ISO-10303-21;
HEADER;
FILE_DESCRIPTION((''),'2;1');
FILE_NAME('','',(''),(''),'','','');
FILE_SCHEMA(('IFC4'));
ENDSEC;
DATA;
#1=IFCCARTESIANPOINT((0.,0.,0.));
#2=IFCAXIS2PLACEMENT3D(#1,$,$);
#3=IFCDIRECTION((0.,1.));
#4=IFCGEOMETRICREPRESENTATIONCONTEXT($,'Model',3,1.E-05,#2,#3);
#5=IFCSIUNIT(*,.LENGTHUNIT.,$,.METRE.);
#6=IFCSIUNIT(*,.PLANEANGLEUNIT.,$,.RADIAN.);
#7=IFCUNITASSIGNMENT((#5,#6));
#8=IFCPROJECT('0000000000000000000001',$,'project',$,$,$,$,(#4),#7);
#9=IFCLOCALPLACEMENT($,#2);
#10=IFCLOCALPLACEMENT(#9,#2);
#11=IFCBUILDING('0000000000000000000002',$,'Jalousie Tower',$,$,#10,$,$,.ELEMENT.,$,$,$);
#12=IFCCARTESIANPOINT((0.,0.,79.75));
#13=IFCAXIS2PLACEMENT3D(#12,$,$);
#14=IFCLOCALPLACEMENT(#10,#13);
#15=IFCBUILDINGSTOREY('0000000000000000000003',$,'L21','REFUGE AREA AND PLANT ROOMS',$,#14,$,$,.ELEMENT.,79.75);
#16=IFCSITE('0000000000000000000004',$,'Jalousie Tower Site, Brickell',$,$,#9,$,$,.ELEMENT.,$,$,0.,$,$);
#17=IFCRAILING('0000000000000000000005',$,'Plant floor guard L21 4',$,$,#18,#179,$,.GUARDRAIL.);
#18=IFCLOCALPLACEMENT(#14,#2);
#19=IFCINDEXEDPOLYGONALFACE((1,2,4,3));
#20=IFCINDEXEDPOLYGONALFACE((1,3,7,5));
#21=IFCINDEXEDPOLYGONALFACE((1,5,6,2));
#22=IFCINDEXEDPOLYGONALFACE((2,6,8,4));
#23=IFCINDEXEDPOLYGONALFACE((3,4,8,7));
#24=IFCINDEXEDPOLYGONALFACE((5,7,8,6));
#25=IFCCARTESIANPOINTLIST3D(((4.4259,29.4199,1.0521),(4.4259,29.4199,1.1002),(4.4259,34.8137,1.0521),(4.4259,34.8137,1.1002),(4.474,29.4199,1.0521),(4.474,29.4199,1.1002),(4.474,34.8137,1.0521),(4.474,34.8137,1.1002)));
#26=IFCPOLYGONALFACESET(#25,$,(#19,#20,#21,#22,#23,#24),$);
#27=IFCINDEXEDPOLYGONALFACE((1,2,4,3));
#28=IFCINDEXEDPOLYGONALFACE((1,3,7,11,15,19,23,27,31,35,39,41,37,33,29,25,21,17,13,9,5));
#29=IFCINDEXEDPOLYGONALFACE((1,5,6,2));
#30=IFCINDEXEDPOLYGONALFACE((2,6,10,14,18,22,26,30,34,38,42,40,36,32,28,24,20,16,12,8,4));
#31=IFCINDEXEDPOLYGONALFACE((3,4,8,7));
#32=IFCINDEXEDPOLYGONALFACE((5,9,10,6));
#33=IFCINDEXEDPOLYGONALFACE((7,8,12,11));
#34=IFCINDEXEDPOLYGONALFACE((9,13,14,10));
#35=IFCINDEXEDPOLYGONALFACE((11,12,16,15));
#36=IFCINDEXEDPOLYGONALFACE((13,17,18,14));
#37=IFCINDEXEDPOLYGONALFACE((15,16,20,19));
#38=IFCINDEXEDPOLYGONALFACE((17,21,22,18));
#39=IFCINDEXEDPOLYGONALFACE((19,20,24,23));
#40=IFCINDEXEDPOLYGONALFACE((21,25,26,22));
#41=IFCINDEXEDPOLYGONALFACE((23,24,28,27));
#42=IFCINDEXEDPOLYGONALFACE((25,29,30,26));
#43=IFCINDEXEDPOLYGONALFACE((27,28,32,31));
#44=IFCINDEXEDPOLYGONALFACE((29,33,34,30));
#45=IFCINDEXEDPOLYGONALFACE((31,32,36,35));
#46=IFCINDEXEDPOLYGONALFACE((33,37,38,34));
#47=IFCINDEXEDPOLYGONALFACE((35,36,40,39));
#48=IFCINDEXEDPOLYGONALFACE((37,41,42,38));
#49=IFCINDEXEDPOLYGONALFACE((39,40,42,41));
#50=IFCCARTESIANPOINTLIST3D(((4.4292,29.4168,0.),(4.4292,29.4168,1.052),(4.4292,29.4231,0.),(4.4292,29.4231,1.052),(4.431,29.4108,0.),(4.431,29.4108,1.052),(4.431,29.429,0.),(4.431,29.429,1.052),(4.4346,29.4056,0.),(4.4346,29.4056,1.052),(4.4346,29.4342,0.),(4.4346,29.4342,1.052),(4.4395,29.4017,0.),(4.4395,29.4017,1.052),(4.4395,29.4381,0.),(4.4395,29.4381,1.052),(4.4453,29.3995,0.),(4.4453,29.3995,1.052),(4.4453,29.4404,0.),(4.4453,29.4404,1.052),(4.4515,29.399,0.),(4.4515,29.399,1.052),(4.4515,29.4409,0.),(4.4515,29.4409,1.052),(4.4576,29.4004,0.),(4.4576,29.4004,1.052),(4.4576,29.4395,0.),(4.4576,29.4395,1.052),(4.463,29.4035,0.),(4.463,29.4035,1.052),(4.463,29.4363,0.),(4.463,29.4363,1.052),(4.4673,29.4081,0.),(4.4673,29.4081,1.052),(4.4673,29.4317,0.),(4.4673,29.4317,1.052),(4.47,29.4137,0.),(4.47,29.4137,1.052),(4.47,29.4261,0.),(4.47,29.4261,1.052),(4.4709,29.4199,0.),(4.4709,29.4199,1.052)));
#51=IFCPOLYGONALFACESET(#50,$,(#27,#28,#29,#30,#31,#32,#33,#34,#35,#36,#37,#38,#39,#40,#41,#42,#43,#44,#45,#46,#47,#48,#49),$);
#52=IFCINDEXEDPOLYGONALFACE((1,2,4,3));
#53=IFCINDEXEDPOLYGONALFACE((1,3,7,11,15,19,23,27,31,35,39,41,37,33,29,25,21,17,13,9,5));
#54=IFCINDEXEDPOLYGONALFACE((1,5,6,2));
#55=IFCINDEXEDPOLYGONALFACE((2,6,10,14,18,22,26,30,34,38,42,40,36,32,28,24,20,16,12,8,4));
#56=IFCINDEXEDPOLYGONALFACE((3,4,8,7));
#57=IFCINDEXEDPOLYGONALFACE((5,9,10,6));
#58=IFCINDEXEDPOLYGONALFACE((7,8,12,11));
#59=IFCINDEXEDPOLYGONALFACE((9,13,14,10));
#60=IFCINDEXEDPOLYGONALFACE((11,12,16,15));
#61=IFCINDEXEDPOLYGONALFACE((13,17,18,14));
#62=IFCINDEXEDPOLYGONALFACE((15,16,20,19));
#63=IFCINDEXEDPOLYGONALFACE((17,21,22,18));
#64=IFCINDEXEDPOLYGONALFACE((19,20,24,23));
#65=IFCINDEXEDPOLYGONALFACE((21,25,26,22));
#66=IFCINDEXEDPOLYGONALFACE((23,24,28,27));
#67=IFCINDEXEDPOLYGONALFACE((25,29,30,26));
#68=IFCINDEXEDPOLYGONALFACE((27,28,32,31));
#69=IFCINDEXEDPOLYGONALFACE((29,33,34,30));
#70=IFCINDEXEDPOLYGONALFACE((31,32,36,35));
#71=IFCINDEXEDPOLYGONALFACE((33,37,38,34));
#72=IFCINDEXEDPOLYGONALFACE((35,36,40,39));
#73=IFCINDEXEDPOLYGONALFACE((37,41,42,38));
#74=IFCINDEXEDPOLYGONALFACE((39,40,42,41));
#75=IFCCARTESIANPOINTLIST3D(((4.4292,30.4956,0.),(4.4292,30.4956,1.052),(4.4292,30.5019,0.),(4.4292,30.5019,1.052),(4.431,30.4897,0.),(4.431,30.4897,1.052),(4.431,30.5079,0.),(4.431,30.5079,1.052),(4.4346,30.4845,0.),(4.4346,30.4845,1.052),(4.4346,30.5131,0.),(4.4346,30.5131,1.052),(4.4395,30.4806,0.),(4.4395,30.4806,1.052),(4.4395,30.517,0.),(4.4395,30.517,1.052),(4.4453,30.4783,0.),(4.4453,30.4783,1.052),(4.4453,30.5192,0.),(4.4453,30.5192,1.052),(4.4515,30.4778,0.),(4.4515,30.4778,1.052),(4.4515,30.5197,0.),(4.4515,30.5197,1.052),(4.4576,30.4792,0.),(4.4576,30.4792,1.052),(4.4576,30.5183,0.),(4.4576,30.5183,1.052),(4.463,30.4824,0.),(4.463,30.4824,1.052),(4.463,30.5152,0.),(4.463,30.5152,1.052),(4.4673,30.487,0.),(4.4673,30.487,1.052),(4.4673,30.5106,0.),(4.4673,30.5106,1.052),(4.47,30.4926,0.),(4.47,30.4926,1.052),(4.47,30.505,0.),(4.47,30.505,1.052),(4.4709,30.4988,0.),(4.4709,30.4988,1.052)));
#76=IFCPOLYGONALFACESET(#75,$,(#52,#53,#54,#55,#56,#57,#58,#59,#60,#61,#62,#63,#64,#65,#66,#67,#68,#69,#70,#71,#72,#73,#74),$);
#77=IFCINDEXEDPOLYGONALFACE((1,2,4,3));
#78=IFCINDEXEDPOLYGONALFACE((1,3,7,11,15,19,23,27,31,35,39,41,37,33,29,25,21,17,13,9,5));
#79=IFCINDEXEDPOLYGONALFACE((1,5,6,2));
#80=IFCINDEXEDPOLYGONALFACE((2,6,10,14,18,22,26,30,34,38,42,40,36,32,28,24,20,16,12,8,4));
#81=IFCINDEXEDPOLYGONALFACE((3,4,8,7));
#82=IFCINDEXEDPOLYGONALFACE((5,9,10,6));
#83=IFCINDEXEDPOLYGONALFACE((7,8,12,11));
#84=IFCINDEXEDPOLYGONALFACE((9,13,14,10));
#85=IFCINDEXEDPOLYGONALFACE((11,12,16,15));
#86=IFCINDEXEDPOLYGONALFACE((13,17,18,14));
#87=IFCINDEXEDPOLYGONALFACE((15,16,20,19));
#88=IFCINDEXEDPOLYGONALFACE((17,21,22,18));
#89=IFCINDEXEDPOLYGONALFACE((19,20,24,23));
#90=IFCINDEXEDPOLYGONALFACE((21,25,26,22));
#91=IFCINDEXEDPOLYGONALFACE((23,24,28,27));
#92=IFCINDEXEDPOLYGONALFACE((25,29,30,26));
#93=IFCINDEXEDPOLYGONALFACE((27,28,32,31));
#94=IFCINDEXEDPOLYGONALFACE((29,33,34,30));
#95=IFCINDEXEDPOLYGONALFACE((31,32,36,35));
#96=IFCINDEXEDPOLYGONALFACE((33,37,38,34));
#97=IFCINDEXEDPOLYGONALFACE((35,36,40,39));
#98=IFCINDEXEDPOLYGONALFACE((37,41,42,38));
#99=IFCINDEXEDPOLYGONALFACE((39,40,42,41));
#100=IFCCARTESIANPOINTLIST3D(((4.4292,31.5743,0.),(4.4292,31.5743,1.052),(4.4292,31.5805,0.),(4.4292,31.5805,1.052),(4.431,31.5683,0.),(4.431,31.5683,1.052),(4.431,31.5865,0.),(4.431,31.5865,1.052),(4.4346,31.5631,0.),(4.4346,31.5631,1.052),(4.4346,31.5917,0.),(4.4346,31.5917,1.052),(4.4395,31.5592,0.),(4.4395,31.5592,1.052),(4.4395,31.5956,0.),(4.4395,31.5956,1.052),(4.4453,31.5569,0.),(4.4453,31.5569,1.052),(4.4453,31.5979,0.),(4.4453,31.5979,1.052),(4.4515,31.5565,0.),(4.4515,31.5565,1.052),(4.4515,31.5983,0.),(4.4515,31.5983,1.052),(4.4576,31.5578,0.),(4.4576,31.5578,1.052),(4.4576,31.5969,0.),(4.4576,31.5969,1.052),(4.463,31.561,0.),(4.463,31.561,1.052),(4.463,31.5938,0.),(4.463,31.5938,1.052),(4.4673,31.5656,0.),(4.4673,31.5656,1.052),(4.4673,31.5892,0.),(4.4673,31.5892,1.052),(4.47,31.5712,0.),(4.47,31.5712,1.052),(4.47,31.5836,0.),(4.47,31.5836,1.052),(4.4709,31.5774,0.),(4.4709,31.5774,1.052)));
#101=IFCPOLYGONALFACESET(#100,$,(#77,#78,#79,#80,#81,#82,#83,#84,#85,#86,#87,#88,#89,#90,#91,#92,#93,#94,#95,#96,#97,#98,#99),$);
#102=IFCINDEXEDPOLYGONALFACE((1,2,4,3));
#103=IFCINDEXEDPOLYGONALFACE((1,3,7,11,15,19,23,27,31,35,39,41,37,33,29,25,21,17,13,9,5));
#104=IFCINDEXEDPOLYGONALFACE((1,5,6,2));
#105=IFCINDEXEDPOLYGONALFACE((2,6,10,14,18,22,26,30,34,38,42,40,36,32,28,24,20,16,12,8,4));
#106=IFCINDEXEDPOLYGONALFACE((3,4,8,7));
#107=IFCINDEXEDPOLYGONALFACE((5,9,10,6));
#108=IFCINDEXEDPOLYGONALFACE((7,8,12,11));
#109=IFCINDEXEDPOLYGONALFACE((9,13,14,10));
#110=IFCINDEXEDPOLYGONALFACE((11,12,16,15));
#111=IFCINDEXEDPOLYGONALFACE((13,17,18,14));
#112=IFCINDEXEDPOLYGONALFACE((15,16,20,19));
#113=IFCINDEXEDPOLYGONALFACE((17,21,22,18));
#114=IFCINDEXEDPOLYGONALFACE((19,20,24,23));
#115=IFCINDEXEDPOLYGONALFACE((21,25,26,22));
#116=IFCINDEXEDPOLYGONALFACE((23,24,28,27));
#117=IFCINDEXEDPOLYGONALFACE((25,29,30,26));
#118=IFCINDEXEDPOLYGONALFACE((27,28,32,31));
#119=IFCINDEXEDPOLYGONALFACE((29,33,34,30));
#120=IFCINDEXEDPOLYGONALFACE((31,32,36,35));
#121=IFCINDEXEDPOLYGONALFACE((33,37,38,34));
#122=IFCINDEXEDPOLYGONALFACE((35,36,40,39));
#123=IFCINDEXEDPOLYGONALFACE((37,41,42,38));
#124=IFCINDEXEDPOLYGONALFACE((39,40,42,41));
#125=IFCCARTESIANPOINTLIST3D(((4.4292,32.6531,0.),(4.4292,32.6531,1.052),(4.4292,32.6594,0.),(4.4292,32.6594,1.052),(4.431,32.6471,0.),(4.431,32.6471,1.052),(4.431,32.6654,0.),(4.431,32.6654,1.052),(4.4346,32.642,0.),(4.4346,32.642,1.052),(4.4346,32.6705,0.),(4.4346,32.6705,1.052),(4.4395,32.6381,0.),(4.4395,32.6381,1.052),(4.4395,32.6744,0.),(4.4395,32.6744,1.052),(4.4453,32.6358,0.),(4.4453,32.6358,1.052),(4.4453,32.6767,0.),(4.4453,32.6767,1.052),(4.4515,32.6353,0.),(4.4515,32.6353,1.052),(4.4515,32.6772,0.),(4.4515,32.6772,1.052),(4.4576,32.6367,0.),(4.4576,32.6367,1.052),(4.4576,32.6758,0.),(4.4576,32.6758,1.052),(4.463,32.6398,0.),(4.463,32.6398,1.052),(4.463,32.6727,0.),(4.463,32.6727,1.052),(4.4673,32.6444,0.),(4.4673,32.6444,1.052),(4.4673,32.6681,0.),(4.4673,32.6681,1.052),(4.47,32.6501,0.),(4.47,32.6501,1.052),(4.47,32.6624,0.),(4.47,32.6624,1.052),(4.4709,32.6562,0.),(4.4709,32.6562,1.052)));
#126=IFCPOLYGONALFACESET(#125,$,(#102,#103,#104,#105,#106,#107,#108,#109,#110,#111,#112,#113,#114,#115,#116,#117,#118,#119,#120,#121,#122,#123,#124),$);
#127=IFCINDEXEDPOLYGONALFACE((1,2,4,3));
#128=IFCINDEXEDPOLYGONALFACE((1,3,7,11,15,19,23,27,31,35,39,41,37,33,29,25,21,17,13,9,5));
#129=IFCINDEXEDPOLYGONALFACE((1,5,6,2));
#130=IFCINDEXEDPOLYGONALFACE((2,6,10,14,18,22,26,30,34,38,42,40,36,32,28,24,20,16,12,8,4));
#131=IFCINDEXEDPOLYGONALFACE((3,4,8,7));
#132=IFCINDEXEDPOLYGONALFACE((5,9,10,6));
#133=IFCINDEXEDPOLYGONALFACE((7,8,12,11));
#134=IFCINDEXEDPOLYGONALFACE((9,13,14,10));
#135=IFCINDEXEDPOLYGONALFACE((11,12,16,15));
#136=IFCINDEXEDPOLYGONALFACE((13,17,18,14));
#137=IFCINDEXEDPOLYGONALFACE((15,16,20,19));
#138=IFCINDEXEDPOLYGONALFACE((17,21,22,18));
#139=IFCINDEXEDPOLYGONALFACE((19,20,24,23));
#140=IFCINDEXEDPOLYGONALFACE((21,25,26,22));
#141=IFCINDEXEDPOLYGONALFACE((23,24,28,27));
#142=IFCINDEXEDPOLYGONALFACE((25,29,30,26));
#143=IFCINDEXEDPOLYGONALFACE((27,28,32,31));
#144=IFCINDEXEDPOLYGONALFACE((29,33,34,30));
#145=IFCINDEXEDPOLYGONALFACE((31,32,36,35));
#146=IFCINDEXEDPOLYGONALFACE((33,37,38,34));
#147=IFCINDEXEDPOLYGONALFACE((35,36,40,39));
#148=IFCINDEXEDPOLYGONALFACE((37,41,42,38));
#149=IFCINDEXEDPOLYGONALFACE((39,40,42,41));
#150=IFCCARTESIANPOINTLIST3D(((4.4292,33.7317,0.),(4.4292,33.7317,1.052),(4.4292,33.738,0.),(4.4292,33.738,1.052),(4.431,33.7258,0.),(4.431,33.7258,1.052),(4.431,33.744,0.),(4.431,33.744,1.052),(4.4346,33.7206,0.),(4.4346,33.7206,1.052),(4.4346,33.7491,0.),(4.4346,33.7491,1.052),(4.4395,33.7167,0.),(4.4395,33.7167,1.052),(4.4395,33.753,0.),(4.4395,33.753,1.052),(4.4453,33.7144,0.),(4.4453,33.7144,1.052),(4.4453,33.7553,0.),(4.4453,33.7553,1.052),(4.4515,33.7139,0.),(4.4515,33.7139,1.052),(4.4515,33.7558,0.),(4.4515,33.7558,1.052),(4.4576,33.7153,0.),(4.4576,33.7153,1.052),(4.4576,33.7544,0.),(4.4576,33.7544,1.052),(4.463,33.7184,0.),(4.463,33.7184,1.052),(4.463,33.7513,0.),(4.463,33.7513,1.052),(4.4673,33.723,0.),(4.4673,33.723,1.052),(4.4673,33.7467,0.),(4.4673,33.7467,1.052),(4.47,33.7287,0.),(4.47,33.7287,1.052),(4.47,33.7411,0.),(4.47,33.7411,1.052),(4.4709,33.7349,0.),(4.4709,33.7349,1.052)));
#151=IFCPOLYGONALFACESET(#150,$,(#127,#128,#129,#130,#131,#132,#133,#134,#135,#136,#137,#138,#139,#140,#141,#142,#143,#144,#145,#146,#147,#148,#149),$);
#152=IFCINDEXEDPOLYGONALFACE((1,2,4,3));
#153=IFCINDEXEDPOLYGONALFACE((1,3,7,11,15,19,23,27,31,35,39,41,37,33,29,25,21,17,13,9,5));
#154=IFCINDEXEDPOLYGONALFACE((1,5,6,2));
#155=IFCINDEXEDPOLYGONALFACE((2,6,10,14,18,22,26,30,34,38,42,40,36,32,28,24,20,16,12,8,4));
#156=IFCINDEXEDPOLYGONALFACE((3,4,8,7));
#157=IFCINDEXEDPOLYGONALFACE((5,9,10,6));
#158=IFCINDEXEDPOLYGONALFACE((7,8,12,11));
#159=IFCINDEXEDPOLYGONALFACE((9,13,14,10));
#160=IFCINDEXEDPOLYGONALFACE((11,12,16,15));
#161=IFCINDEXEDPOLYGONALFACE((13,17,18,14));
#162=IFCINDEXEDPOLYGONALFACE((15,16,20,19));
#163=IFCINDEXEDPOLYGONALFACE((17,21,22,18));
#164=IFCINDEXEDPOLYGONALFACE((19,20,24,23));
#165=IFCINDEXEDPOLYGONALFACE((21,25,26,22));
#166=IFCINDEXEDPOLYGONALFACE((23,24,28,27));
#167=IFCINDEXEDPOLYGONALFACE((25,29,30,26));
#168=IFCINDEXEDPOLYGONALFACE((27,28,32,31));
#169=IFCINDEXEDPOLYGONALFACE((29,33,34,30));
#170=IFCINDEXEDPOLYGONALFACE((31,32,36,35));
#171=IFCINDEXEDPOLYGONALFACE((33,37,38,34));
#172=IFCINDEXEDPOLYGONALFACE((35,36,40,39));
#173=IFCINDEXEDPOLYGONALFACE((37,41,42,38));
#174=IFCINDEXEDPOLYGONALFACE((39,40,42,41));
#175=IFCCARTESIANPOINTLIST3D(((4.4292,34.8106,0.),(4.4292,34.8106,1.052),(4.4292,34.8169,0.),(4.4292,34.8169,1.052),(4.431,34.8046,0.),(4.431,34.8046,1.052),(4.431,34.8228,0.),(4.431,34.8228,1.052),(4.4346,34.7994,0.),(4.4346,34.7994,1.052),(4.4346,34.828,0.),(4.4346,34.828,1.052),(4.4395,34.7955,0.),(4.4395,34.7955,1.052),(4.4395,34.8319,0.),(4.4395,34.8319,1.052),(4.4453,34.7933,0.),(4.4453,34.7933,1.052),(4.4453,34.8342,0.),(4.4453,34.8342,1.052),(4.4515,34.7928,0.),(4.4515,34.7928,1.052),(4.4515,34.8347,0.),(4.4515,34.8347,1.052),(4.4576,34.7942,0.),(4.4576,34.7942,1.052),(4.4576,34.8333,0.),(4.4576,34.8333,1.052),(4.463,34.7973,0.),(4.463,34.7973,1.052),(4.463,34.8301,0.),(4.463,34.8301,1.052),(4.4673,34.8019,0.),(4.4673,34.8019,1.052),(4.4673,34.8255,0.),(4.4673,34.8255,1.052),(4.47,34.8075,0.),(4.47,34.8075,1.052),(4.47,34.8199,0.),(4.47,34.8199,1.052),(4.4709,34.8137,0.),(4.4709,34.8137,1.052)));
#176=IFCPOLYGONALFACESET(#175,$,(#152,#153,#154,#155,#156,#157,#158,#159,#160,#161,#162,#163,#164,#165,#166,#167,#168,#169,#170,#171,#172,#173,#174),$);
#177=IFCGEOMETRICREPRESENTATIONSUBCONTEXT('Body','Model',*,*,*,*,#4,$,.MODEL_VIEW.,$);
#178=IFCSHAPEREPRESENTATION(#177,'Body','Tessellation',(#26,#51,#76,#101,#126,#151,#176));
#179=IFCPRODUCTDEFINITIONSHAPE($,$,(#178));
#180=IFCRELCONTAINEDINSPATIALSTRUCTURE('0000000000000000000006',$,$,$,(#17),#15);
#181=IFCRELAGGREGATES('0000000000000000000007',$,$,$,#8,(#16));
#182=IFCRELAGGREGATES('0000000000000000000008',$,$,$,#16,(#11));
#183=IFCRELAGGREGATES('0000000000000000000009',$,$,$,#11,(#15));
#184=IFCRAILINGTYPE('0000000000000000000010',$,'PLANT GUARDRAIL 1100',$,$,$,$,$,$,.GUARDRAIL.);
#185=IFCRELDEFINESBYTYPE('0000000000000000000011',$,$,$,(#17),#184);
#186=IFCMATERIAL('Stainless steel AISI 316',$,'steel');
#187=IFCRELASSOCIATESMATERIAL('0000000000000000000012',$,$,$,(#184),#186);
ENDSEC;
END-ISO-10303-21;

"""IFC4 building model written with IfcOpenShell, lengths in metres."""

from ifc_helpers import new_model, si_unit, direction, frame, origin, origin_2d, place, context, subcontext, project, spatial, rectangle, circle, extrude, material, type_object, element, save


model = new_model("IFC4")

# Units and contexts
model_context = context("Model", 3, precision=1e-05, world=origin(), true_north=direction((0.0, 1.0)))
body_context = subcontext(model_context, "Body", "Model", "MODEL_VIEW")
ifc_project = project(units=[si_unit("LENGTHUNIT", "METRE"), si_unit("PLANEANGLEUNIT", "RADIAN")], contexts=[model_context])

# Site, building, storey
site_placement = place(None, origin())
site = spatial("IfcSite", under=ifc_project, at=site_placement, Name="Jalousie Tower Site, Brickell", CompositionType="ELEMENT", RefElevation=0.0)
building_placement = place(site_placement, origin())
building = spatial("IfcBuilding", under=site, at=building_placement, Name="Jalousie Tower", CompositionType="ELEMENT")
storey_placement = place(building_placement, frame((0.0, 0.0, 79.75)))
storey = spatial("IfcBuildingStorey", under=building, at=storey_placement, Name="L21", Description="REFUGE AREA AND PLANT ROOMS", CompositionType="ELEMENT", Elevation=79.75)

# Railing
ifc_material_1 = material(Name="Stainless steel AISI 316", Category="steel")
railing_type = type_object("IfcRailingType", Name="PLANT GUARDRAIL 1100", PredefinedType="GUARDRAIL", material=ifc_material_1)
railing_1_placement = place(storey_placement, frame((4.45, 29.4199, 0.0)))
element("IfcRailing", 1, at=railing_1_placement, inside=storey, type_object=railing_type, Name="Plant floor guard L21 4", PredefinedType="GUARDRAIL", context=body_context, shape_type="SweptSolid", body=[
    extrude(rectangle(XDim=0.0481, YDim=0.0481, at=origin_2d()), frame((0.0, 0.0, 1.0762), z_axis=(0.0, 1.0, 0.0), x_axis=(-1.0, 0.0, 0.0)), (0.0, 0.0, 1.0), 5.3938),
    extrude(circle(Radius=0.021, at=origin_2d()), origin(), (0.0, 0.0, 1.0), 1.052),
    extrude(circle(Radius=0.021, at=origin_2d()), frame((0.0, 1.0789, 0.0)), (0.0, 0.0, 1.0), 1.052),
    extrude(circle(Radius=0.021, at=origin_2d()), frame((0.0, 2.1575, 0.0)), (0.0, 0.0, 1.0), 1.052),
    extrude(circle(Radius=0.021, at=origin_2d()), frame((0.0, 3.2363, 0.0)), (0.0, 0.0, 1.0), 1.052),
    extrude(circle(Radius=0.021, at=origin_2d()), frame((0.0, 4.3149, 0.0)), (0.0, 0.0, 1.0), 1.052),
    extrude(circle(Radius=0.021, at=origin_2d()), frame((0.0, 5.3938, 0.0)), (0.0, 0.0, 1.0), 1.052),
])

save(model, "model.ifc")
